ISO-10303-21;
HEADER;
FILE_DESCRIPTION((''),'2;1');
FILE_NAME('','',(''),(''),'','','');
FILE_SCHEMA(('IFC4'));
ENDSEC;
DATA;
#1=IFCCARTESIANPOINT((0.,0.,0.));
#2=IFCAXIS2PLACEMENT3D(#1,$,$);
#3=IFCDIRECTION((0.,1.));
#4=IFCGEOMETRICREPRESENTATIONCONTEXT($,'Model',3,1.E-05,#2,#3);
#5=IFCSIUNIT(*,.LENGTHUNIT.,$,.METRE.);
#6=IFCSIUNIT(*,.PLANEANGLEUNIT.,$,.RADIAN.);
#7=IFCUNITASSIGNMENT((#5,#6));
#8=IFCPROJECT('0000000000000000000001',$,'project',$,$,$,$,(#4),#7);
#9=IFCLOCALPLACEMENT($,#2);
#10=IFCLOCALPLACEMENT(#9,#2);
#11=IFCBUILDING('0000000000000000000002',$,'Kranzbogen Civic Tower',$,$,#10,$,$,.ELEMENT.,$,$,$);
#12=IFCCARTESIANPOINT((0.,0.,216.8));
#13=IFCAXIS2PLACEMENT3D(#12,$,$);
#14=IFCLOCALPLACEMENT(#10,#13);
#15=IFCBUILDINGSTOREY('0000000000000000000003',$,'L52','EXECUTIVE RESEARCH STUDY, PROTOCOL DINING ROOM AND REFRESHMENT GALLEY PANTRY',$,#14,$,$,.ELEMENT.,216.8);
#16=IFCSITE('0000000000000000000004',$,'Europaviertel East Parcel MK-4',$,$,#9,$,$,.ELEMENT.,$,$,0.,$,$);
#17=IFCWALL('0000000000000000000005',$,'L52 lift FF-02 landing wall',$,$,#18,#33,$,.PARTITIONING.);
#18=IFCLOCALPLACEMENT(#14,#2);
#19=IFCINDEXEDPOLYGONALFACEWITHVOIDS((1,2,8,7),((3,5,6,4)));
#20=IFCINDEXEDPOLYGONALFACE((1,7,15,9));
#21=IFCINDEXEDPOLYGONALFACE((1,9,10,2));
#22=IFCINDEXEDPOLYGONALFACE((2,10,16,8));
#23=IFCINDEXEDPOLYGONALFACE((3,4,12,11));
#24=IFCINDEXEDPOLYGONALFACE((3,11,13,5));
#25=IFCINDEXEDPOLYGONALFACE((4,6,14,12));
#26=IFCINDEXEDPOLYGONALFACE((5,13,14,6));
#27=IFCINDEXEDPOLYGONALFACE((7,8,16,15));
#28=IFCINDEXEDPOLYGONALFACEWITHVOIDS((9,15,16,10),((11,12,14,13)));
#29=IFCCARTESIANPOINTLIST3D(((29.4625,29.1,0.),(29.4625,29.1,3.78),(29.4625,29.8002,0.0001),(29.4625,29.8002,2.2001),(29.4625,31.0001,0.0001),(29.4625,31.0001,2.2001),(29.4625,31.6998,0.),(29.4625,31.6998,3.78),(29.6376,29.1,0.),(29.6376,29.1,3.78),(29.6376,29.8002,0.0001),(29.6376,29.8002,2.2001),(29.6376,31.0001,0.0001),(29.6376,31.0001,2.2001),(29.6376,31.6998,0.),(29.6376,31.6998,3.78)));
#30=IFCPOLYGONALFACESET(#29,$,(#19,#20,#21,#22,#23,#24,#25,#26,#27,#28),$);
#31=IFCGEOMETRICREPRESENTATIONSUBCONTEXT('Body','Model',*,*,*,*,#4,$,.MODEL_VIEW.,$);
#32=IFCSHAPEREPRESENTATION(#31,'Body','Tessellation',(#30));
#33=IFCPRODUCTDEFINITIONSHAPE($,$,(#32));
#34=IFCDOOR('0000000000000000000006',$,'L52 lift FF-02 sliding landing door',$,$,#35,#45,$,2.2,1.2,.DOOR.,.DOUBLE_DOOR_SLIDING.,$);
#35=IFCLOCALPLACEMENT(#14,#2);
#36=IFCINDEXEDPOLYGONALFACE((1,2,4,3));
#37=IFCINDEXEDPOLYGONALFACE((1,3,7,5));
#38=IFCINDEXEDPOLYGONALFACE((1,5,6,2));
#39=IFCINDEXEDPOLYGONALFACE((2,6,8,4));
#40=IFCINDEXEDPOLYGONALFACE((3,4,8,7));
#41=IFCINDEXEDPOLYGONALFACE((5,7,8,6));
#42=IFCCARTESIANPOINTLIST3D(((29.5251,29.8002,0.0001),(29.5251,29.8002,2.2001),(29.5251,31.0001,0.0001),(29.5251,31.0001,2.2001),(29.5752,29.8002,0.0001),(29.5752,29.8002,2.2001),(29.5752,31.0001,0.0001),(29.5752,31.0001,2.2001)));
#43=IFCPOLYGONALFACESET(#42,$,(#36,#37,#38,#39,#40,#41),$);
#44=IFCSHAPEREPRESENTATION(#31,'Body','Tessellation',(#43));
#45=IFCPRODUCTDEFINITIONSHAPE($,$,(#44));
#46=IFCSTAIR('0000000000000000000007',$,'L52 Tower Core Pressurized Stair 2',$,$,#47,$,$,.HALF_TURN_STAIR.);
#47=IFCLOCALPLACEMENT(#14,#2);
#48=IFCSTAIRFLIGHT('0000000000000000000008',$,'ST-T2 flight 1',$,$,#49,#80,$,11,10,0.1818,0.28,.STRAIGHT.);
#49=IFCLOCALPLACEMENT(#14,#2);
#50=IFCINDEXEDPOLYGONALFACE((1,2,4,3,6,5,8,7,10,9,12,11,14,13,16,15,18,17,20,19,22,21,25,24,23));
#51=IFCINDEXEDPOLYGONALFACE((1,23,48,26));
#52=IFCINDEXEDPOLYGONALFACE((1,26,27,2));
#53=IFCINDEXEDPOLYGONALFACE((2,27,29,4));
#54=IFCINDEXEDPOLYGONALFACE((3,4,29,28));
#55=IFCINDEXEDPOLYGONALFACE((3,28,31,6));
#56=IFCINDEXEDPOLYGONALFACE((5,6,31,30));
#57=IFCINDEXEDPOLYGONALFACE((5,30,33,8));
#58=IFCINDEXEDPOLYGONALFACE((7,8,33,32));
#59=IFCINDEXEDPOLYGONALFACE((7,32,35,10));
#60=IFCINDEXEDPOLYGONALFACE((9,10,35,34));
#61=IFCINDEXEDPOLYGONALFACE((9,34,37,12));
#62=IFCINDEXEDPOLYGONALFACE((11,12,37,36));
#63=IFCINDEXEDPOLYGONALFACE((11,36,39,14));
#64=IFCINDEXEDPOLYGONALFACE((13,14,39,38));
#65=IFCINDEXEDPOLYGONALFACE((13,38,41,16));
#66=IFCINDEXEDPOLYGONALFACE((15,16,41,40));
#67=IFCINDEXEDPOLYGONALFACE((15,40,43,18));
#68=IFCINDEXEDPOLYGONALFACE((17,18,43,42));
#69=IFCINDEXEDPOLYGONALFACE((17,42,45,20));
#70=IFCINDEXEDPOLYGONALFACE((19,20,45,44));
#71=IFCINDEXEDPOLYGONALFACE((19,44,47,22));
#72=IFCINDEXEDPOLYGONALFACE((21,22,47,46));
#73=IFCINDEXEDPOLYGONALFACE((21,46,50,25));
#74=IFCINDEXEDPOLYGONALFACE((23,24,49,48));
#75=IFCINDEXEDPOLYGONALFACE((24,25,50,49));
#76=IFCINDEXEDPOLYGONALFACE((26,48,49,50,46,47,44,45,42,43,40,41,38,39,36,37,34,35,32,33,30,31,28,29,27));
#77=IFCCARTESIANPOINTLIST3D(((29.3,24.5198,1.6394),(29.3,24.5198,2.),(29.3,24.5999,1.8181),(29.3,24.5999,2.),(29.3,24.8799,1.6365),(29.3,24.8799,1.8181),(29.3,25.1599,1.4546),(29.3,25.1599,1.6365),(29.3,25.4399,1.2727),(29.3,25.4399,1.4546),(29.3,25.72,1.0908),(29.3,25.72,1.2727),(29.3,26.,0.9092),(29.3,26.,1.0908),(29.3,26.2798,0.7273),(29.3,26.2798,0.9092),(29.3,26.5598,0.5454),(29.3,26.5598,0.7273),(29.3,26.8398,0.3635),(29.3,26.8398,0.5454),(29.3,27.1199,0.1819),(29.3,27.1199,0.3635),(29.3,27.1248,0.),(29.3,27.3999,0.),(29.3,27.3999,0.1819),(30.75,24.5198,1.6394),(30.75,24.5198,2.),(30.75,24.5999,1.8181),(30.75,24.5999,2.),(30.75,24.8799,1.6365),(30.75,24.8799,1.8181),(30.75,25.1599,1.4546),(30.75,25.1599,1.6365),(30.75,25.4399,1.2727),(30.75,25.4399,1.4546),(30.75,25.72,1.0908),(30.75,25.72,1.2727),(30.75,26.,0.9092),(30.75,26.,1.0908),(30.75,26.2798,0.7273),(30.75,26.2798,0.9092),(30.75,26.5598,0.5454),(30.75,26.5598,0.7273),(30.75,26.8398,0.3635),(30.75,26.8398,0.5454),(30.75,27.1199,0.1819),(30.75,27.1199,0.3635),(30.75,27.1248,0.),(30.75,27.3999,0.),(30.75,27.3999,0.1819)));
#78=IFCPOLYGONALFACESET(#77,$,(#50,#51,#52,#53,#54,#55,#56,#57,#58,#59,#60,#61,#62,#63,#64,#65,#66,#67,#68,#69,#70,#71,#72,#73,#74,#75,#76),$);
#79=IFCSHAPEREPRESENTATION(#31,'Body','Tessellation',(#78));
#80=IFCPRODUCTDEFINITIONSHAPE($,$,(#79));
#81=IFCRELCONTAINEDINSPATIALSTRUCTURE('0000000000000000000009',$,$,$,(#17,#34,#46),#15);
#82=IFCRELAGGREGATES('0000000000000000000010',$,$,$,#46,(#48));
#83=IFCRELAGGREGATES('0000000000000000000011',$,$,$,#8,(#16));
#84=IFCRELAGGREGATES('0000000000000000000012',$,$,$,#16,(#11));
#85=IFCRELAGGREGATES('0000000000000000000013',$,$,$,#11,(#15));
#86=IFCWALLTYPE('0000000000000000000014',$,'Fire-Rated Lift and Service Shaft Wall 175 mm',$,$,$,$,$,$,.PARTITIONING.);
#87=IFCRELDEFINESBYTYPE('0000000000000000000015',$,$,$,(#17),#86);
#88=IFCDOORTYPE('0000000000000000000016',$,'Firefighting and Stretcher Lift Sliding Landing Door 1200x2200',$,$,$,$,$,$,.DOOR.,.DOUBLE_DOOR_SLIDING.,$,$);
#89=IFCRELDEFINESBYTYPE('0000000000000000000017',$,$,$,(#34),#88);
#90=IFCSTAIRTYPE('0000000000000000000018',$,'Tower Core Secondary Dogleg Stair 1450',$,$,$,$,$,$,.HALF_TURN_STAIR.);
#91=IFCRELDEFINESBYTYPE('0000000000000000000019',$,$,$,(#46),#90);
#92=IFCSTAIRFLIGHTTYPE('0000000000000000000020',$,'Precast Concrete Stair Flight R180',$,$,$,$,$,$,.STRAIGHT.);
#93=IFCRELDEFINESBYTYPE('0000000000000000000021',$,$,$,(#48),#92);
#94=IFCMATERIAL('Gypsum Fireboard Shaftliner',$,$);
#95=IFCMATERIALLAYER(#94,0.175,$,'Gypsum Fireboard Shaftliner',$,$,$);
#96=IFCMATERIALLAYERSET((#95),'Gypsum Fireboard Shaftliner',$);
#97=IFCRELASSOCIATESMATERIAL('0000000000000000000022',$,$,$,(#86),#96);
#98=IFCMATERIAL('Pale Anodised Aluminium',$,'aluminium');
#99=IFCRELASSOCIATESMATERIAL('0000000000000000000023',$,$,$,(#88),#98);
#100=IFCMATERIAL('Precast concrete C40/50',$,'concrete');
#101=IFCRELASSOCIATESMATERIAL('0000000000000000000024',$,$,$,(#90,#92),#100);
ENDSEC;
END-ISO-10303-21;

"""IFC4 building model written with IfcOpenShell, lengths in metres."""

from ifc_helpers import new_model, si_unit, direction, frame, frame_2d, origin, place, context, subcontext, project, spatial, polyline, rectangle, outline, extrude, material, layer, layer_set, type_object, element, fill, aggregate, save


model = new_model("IFC4")

# Units and contexts
model_context = context("Model", 3, precision=1e-05, world=origin(), true_north=direction((0.0, 1.0)))
body_context = subcontext(model_context, "Body", "Model", "MODEL_VIEW")
ifc_project = project(units=[si_unit("LENGTHUNIT", "METRE"), si_unit("PLANEANGLEUNIT", "RADIAN")], contexts=[model_context])

# Site, building, storey
site_placement = place(None, origin())
site = spatial("IfcSite", under=ifc_project, at=site_placement, Name="Europaviertel East Parcel MK-4", CompositionType="ELEMENT", RefElevation=0.0)
building_placement = place(site_placement, origin())
building = spatial("IfcBuilding", under=site, at=building_placement, Name="Kranzbogen Civic Tower", CompositionType="ELEMENT")
storey_placement = place(building_placement, frame((0.0, 0.0, 216.8)))
storey = spatial("IfcBuildingStorey", under=building, at=storey_placement, Name="L52", Description="EXECUTIVE RESEARCH STUDY, PROTOCOL DINING ROOM AND REFRESHMENT GALLEY PANTRY", CompositionType="ELEMENT", Elevation=216.8)

# Shared definitions
ifc_material_1 = material(Name="Pale Anodised Aluminium", Category="aluminium")

# Shared definitions
ifc_material_2 = material(Name="Gypsum Fireboard Shaftliner")
ifc_layer_1 = layer(ifc_material_2, 0.175, Name="Gypsum Fireboard Shaftliner")
ifc_layer_set_1 = layer_set([ifc_layer_1], Name="Gypsum Fireboard Shaftliner")
wall_type_1 = type_object("IfcWallType", Name="Fire-Rated Lift and Service Shaft Wall 175 mm", PredefinedType="PARTITIONING", material=ifc_layer_set_1)

# Wall, opening, door
wall_1_placement = place(storey_placement, frame((29.55, 29.1001, 0.0), z_axis=(0.0, 0.0, 1.0), x_axis=(0.0, 1.0, 0.0)))
wall_1 = element("IfcWall", 1, at=wall_1_placement, inside=storey, type_object=wall_type_1, Name="L52 lift FF-02 landing wall", PredefinedType="PARTITIONING", context=body_context, shape_type="SweptSolid", body=[
    extrude(rectangle(XDim=2.5999, YDim=0.175, at=frame_2d((1.2998, 0.0))), origin(), (0.0, 0.0, 1.0), 3.78),
])
opening_1_placement = place(wall_1_placement, frame((0.7, 0.0, 0.0)))
opening_1 = element("IfcOpeningElement", 2, at=opening_1_placement, cuts=wall_1, PredefinedType="OPENING", context=body_context, shape_type="SweptSolid", body=[
    extrude(rectangle(XDim=1.2, YDim=2.2, at=frame_2d((0.6001, 1.1001))), frame((0.0, 0.0977, 0.0), z_axis=(0.0, -1.0, 0.0), x_axis=(1.0, 0.0, 0.0)), (0.0, 0.0, 1.0), 0.1951),
])
door_type_1 = type_object("IfcDoorType", Name="Firefighting and Stretcher Lift Sliding Landing Door 1200x2200", OperationType="DOUBLE_DOOR_SLIDING", PredefinedType="DOOR", material=ifc_material_1)
door_1_placement = place(opening_1_placement, origin())
door_1 = element("IfcDoor", 3, at=door_1_placement, inside=storey, type_object=door_type_1, Name="L52 lift FF-02 sliding landing door", OperationType="DOUBLE_DOOR_SLIDING", OverallHeight=2.2, OverallWidth=1.2, PredefinedType="DOOR", context=body_context, shape_type="SweptSolid", body=[
    extrude(rectangle(XDim=1.2, YDim=2.2, at=frame_2d((0.6001, 1.1001))), frame((0.0, 0.0249, 0.0), z_axis=(0.0, -1.0, 0.0), x_axis=(1.0, 0.0, 0.0)), (0.0, 0.0, 1.0), 0.05),
])
fill(opening_1, door_1)

# Stair, stair flight
ifc_material_3 = material(Name="Precast concrete C40/50", Category="concrete")
stair_type = type_object("IfcStairType", Name="Tower Core Secondary Dogleg Stair 1450", PredefinedType="HALF_TURN_STAIR", material=ifc_material_3)
stair_placement = place(storey_placement, origin())
stair = element("IfcStair", 4, at=stair_placement, inside=storey, type_object=stair_type, Name="L52 Tower Core Pressurized Stair 2", PredefinedType="HALF_TURN_STAIR")
stair_flight_type = type_object("IfcStairFlightType", Name="Precast Concrete Stair Flight R180", PredefinedType="STRAIGHT", material=ifc_material_3)
stair_flight_placement = place(storey_placement, frame((30.0249, 27.3999, 0.0), z_axis=(0.0, 0.0, 1.0), x_axis=(0.0, -1.0, 0.0)))
stair_flight = element("IfcStairFlight", 5, at=stair_flight_placement, type_object=stair_flight_type, Name="ST-T2 flight 1", NumberOfRisers=11, NumberOfTreads=10, PredefinedType="STRAIGHT", RiserHeight=0.1818, TreadLength=0.28, context=body_context, shape_type="SweptSolid", body=[
    extrude(outline(polyline([(0.0, 0.0), (0.0, 0.1819), (0.28, 0.1819), (0.28, 0.3635), (0.5601, 0.3635), (0.5601, 0.5454), (0.8401, 0.5454), (0.8401, 0.7273), (1.1201, 0.7273), (1.1201, 0.9092), (1.3999, 0.9092), (1.3999, 1.0908), (1.6799, 1.0908), (1.6799, 1.2727), (1.96, 1.2727), (1.96, 1.4546), (2.24, 1.4546), (2.24, 1.6365), (2.52, 1.6365), (2.52, 1.8181), (2.8, 1.8181), (2.8, 2.0), (2.8801, 2.0), (2.8801, 1.6394), (0.2751, 0.0), (0.0, 0.0)])), frame((0.0, 0.7251, 0.0), z_axis=(0.0, -1.0, 0.0), x_axis=(1.0, 0.0, 0.0)), (0.0, 0.0, 1.0), 1.45),
])
aggregate(stair, [stair_flight])

save(model, "model.ifc")
